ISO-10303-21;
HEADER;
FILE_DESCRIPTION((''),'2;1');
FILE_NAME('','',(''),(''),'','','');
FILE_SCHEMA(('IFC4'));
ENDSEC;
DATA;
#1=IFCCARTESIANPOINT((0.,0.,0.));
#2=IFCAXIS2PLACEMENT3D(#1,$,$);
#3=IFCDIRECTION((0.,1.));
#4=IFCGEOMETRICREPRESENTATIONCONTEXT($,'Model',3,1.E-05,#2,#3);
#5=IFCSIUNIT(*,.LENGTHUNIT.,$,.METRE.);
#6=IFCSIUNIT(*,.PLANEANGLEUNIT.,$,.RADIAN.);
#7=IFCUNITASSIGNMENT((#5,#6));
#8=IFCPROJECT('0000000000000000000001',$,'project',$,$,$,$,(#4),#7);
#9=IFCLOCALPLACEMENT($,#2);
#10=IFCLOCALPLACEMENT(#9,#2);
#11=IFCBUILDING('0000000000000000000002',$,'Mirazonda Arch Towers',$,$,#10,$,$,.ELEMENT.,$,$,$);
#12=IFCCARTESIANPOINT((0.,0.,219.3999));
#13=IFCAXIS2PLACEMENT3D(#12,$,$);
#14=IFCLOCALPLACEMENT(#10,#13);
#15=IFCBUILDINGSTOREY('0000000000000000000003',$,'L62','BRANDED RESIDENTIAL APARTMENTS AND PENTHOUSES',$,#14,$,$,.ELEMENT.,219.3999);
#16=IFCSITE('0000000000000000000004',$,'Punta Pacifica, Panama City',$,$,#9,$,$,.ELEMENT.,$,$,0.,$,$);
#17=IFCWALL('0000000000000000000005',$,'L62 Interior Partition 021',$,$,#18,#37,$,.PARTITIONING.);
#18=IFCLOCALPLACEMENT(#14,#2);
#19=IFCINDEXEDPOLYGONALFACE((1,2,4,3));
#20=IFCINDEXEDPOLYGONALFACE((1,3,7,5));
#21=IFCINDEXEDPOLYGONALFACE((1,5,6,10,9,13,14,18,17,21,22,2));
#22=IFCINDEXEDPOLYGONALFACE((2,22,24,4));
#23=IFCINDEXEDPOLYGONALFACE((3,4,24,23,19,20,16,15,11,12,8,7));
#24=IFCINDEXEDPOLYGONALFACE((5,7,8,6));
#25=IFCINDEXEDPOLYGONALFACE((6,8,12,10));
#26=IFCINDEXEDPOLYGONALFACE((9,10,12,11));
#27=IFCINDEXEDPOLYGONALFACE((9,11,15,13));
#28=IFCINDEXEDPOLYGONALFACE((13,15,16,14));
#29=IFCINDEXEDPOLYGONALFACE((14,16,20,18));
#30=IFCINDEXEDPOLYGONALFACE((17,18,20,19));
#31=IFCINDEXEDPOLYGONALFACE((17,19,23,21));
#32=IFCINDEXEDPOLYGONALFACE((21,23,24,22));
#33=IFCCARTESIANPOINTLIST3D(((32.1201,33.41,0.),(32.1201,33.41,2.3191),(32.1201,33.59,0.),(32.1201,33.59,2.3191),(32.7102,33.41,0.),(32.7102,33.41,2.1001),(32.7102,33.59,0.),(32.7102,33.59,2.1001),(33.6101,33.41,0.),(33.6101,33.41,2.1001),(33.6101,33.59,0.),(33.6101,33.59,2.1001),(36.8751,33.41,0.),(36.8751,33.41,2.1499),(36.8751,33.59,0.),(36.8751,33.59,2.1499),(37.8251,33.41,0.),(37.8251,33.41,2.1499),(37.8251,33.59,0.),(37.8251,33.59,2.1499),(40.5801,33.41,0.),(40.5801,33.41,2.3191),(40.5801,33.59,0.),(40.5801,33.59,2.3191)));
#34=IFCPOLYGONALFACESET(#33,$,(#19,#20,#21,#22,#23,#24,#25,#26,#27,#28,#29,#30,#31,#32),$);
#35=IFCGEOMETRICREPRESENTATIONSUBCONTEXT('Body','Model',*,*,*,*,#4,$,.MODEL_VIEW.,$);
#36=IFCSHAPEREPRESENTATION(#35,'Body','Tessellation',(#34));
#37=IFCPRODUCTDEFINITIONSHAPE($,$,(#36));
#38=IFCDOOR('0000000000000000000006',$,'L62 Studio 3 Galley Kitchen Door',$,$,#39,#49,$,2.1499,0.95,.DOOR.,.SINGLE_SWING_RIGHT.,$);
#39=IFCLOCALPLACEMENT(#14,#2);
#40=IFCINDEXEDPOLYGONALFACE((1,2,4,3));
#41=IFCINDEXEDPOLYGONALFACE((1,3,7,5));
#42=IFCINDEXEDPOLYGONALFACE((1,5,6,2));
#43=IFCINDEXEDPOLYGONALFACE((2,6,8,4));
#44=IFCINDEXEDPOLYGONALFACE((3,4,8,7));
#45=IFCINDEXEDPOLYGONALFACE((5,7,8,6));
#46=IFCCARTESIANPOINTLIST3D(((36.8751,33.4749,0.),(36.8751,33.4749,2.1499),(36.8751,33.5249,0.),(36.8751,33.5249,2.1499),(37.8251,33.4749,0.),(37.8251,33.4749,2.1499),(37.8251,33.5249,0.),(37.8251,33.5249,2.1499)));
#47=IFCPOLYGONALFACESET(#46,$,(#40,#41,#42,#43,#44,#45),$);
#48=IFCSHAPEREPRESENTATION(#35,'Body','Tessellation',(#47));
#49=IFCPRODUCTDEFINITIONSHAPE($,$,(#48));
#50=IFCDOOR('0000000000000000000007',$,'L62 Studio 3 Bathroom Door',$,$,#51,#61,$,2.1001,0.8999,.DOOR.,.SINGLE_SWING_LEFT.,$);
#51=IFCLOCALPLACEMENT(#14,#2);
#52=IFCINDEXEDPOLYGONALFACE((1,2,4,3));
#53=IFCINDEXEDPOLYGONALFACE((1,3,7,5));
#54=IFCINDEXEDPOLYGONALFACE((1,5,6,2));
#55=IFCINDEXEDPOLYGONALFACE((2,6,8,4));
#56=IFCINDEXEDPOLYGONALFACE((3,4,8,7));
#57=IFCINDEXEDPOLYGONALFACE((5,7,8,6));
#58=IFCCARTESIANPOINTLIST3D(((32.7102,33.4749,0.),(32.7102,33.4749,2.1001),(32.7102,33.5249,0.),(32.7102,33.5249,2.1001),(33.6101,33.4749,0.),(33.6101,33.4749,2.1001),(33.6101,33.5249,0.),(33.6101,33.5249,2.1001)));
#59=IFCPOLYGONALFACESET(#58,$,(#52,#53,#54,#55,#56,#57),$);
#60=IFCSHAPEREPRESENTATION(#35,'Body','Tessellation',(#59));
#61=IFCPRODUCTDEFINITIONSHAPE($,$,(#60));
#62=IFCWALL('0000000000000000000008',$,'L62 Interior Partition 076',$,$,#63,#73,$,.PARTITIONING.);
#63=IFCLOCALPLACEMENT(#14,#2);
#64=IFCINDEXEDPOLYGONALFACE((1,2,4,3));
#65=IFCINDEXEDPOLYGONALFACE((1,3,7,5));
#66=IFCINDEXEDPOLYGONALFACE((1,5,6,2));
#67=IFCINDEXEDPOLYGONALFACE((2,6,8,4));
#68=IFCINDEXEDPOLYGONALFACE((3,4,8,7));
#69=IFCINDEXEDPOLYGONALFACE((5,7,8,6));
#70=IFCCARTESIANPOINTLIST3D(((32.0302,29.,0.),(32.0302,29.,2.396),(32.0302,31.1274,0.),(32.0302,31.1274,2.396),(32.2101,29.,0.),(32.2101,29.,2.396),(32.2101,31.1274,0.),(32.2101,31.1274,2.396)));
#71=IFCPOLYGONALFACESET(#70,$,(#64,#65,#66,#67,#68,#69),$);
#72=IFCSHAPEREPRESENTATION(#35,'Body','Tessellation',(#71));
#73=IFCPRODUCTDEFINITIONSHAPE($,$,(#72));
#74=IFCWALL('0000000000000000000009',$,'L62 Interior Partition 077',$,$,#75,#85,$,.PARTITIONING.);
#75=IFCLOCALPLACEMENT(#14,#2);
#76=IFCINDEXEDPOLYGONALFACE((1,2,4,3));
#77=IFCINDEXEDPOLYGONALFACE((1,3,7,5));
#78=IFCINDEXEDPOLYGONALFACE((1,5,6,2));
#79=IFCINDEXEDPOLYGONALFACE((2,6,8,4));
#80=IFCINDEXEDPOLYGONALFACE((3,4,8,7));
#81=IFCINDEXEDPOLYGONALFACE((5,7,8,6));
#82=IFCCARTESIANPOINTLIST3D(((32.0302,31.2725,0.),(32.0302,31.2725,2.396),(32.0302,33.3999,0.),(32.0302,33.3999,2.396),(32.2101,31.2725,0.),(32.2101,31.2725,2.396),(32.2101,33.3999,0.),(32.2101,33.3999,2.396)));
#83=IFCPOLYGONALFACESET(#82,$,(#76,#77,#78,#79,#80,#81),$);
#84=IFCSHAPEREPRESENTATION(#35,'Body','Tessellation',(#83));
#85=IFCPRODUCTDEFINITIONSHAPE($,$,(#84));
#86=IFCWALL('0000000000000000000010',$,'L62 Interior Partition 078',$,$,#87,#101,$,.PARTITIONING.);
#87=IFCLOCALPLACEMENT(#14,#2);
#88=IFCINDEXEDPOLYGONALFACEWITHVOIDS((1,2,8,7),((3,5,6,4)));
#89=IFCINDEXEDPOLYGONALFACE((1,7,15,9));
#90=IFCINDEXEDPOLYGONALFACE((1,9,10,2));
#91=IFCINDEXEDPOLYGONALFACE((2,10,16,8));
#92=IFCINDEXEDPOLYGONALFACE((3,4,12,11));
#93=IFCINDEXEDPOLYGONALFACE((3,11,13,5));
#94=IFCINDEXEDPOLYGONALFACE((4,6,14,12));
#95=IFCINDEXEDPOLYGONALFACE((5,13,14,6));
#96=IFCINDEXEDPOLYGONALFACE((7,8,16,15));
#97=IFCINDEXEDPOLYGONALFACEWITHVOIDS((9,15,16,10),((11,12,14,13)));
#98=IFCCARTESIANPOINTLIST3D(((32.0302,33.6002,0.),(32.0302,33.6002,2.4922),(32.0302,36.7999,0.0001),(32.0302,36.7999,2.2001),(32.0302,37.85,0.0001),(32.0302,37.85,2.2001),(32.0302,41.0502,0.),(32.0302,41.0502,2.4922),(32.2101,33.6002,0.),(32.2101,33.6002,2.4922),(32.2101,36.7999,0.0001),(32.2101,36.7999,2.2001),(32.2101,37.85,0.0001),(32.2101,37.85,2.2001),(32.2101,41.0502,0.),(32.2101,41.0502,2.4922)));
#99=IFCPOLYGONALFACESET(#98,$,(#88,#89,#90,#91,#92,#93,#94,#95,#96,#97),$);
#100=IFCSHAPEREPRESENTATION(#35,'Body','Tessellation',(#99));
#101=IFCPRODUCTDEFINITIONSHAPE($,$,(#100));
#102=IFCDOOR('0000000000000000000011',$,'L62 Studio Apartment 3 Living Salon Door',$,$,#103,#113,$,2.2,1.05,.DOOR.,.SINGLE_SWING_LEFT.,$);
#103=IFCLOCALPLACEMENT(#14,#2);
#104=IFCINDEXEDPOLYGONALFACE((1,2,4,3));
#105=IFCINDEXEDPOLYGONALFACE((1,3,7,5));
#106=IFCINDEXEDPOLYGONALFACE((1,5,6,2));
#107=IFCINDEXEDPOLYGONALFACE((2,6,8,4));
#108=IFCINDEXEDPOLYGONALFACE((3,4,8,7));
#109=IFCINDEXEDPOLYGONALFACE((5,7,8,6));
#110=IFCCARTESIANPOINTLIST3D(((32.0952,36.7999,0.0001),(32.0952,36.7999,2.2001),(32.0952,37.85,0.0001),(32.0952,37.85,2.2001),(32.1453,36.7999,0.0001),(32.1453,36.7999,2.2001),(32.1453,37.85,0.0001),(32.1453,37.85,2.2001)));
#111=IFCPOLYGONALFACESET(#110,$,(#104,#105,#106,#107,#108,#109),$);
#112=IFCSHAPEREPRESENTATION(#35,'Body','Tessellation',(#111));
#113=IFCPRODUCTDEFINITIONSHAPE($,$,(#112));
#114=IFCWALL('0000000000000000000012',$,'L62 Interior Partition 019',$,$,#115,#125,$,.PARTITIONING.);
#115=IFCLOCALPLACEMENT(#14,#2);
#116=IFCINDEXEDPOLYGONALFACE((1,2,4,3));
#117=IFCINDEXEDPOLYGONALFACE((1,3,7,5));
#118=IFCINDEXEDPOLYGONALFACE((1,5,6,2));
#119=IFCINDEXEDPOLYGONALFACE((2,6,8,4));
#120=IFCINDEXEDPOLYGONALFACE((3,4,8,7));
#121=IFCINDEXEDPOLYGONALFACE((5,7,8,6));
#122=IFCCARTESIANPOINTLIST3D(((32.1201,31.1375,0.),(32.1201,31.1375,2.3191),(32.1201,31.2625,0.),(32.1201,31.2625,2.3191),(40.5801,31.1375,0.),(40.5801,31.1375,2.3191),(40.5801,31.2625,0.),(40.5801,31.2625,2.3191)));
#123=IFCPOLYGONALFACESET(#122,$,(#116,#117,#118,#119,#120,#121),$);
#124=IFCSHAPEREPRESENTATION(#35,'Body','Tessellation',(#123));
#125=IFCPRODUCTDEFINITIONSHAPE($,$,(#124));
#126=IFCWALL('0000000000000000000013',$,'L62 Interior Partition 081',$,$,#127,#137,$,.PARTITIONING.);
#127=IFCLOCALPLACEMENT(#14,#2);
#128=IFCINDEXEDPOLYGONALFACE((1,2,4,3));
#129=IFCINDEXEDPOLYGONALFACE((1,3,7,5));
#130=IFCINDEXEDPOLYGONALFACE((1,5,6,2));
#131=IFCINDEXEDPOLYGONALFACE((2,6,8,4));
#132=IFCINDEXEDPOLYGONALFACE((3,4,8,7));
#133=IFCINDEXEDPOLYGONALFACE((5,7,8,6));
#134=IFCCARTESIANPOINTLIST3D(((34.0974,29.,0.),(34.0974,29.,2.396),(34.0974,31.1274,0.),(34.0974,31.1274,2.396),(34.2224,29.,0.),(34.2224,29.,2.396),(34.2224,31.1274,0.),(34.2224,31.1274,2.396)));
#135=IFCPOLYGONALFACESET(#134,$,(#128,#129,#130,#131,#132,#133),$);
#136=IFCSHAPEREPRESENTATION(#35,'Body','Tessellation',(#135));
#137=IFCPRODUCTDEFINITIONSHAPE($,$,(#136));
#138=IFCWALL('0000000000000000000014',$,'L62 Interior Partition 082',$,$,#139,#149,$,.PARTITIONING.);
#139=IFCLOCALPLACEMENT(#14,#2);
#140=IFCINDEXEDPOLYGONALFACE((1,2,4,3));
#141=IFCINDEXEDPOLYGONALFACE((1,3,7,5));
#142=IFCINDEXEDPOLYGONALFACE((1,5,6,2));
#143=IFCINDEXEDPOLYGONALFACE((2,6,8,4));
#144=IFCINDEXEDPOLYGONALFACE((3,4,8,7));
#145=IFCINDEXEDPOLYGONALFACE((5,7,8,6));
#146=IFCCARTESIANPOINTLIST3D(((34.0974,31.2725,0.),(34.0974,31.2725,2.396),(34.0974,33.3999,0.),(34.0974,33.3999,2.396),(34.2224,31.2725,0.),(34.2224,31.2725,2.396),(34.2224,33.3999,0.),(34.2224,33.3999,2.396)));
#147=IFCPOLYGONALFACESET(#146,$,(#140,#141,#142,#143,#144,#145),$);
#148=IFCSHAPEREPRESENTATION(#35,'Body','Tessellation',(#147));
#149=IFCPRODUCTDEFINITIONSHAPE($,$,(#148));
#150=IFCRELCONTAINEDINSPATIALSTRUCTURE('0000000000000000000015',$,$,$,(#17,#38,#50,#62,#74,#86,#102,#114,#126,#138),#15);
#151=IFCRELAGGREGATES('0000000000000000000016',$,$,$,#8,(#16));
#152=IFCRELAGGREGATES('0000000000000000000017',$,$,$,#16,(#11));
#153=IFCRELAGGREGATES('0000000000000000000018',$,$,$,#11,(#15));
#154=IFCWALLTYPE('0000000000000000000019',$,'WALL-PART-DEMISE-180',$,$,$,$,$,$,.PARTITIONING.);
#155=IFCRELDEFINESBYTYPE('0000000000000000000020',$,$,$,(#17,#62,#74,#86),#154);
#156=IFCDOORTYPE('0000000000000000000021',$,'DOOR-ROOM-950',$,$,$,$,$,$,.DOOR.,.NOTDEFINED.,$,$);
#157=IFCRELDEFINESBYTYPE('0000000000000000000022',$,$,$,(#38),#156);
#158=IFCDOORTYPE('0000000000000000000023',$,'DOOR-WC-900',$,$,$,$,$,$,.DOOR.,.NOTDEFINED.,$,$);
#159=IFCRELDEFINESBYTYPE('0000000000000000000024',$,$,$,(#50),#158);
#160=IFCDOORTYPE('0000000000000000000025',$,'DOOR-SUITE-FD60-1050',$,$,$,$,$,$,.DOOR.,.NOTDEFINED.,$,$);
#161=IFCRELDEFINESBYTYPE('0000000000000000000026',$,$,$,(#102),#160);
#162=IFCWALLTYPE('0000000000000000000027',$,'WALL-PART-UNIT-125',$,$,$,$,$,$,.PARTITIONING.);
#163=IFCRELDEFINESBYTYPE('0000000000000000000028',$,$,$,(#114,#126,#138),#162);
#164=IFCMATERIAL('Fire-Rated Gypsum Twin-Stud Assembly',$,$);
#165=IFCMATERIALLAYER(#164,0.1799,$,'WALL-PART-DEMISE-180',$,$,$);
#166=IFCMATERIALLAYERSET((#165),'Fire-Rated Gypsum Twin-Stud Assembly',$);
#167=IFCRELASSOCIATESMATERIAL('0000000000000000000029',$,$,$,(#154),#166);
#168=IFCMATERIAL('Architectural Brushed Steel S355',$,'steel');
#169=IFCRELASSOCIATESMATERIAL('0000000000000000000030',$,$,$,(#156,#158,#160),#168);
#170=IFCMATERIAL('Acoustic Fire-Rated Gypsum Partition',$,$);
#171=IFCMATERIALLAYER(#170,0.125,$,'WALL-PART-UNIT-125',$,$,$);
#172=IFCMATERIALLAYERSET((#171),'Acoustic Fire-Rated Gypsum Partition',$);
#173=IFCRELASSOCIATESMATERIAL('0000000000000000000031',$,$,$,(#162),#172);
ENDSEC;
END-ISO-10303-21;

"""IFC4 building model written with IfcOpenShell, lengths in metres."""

from ifc_helpers import new_model, si_unit, direction, frame, frame_2d, origin, place, context, subcontext, project, spatial, rectangle, extrude, material, layer, layer_set, type_object, element, fill, save


model = new_model("IFC4")

# Units and contexts
model_context = context("Model", 3, precision=1e-05, world=origin(), true_north=direction((0.0, 1.0)))
body_context = subcontext(model_context, "Body", "Model", "MODEL_VIEW")
ifc_project = project(units=[si_unit("LENGTHUNIT", "METRE"), si_unit("PLANEANGLEUNIT", "RADIAN")], contexts=[model_context])

# Site, building, storey
site_placement = place(None, origin())
site = spatial("IfcSite", under=ifc_project, at=site_placement, Name="Punta Pacifica, Panama City", CompositionType="ELEMENT", RefElevation=0.0)
building_placement = place(site_placement, origin())
building = spatial("IfcBuilding", under=site, at=building_placement, Name="Mirazonda Arch Towers", CompositionType="ELEMENT")
storey_placement = place(building_placement, frame((0.0, 0.0, 219.3999)))
storey = spatial("IfcBuildingStorey", under=building, at=storey_placement, Name="L62", Description="BRANDED RESIDENTIAL APARTMENTS AND PENTHOUSES", CompositionType="ELEMENT", Elevation=219.3999)

# Wall, openings, doors
ifc_material_1 = material(Name="Fire-Rated Gypsum Twin-Stud Assembly")
ifc_layer_1 = layer(ifc_material_1, 0.1799, Name="WALL-PART-DEMISE-180")
ifc_layer_set_1 = layer_set([ifc_layer_1], Name="Fire-Rated Gypsum Twin-Stud Assembly")
wall_type_1 = type_object("IfcWallType", Name="WALL-PART-DEMISE-180", PredefinedType="PARTITIONING", material=ifc_layer_set_1)
ifc_material_2 = material(Name="Architectural Brushed Steel S355", Category="steel")
door_type_1 = type_object("IfcDoorType", Name="DOOR-ROOM-950", OperationType="NOTDEFINED", PredefinedType="DOOR", material=ifc_material_2)
door_type_2 = type_object("IfcDoorType", Name="DOOR-WC-900", OperationType="NOTDEFINED", PredefinedType="DOOR", material=ifc_material_2)
wall_1_placement = place(storey_placement, frame((32.1201, 33.5, 0.0), z_axis=(0.0, 0.0, 1.0), x_axis=(1.0, 0.0, 0.0)))
wall_1 = element("IfcWall", 1, at=wall_1_placement, inside=storey, type_object=wall_type_1, Name="L62 Interior Partition 021", PredefinedType="PARTITIONING", context=body_context, shape_type="SweptSolid", body=[
    extrude(rectangle(XDim=8.46, YDim=0.1799, at=frame_2d((4.23, 0.0))), origin(), (0.0, 0.0, 1.0), 2.3191),
])
opening_1_placement = place(wall_1_placement, frame((4.7549, 0.0, 0.0)))
opening_1 = element("IfcOpeningElement", 2, at=opening_1_placement, cuts=wall_1, PredefinedType="OPENING", context=body_context, shape_type="SweptSolid", body=[
    extrude(rectangle(XDim=0.95, YDim=2.1499, at=frame_2d((0.4751, 1.075))), frame((0.0, 0.0999, 0.0), z_axis=(0.0, -1.0, 0.0), x_axis=(1.0, 0.0, 0.0)), (0.0, 0.0, 1.0), 0.2),
])
opening_2_placement = place(wall_1_placement, frame((0.5901, 0.0, 0.0)))
opening_2 = element("IfcOpeningElement", 3, at=opening_2_placement, cuts=wall_1, PredefinedType="OPENING", context=body_context, shape_type="SweptSolid", body=[
    extrude(rectangle(XDim=0.8999, YDim=2.1001, at=frame_2d((0.45, 1.05))), frame((0.0, 0.0999, 0.0), z_axis=(0.0, -1.0, 0.0), x_axis=(1.0, 0.0, 0.0)), (0.0, 0.0, 1.0), 0.2),
])
door_1_placement = place(opening_1_placement, origin())
door_1 = element("IfcDoor", 4, at=door_1_placement, inside=storey, type_object=door_type_1, Name="L62 Studio 3 Galley Kitchen Door", OperationType="SINGLE_SWING_RIGHT", OverallHeight=2.1499, OverallWidth=0.95, PredefinedType="DOOR", context=body_context, shape_type="SweptSolid", body=[
    extrude(rectangle(XDim=0.95, YDim=2.1499, at=frame_2d((0.4751, 1.075))), frame((0.0, 0.0249, 0.0), z_axis=(0.0, -1.0, 0.0), x_axis=(1.0, 0.0, 0.0)), (0.0, 0.0, 1.0), 0.05),
])
fill(opening_1, door_1)
door_2_placement = place(opening_2_placement, origin())
door_2 = element("IfcDoor", 5, at=door_2_placement, inside=storey, type_object=door_type_2, Name="L62 Studio 3 Bathroom Door", OperationType="SINGLE_SWING_LEFT", OverallHeight=2.1001, OverallWidth=0.8999, PredefinedType="DOOR", context=body_context, shape_type="SweptSolid", body=[
    extrude(rectangle(XDim=0.8999, YDim=2.1001, at=frame_2d((0.45, 1.05))), frame((0.0, 0.0249, 0.0), z_axis=(0.0, -1.0, 0.0), x_axis=(1.0, 0.0, 0.0)), (0.0, 0.0, 1.0), 0.05),
])
fill(opening_2, door_2)

# Walls
for number, where, z_axis, x_axis, name in (
    (6, (32.1201, 29.0, 0.0), (0.0, 0.0, 1.0), (0.0, 1.0, 0.0), "L62 Interior Partition 076"),
    (7, (32.1201, 31.2725, 0.0), (0.0, 0.0, 1.0), (0.0, 1.0, 0.0), "L62 Interior Partition 077"),
):
    element("IfcWall", number, at=place(storey_placement, frame(where, z_axis=z_axis, x_axis=x_axis)), inside=storey, type_object=wall_type_1, Name=name, PredefinedType="PARTITIONING", context=body_context, shape_type="SweptSolid", body=[
        extrude(rectangle(XDim=2.1274, YDim=0.1799, at=frame_2d((1.0637, 0.0))), origin(), (0.0, 0.0, 1.0), 2.396),
    ])

# Wall, opening, door
wall_2_placement = place(storey_placement, frame((32.1201, 33.6001, 0.0), z_axis=(0.0, 0.0, 1.0), x_axis=(0.0, 1.0, 0.0)))
wall_2 = element("IfcWall", 8, at=wall_2_placement, inside=storey, type_object=wall_type_1, Name="L62 Interior Partition 078", PredefinedType="PARTITIONING", context=body_context, shape_type="SweptSolid", body=[
    extrude(rectangle(XDim=7.45, YDim=0.1799, at=frame_2d((3.7251, 0.0))), origin(), (0.0, 0.0, 1.0), 2.4922),
])
opening_3_placement = place(wall_2_placement, frame((3.2, 0.0, 0.0)))
opening_3 = element("IfcOpeningElement", 9, at=opening_3_placement, cuts=wall_2, PredefinedType="OPENING", context=body_context, shape_type="SweptSolid", body=[
    extrude(rectangle(XDim=1.05, YDim=2.2, at=frame_2d((0.5249, 1.1001))), frame((0.0, 0.0999, 0.0), z_axis=(0.0, -1.0, 0.0), x_axis=(1.0, 0.0, 0.0)), (0.0, 0.0, 1.0), 0.2),
])
door_type_3 = type_object("IfcDoorType", Name="DOOR-SUITE-FD60-1050", OperationType="NOTDEFINED", PredefinedType="DOOR", material=ifc_material_2)
door_3_placement = place(opening_3_placement, origin())
door_3 = element("IfcDoor", 10, at=door_3_placement, inside=storey, type_object=door_type_3, Name="L62 Studio Apartment 3 Living Salon Door", OperationType="SINGLE_SWING_LEFT", OverallHeight=2.2, OverallWidth=1.05, PredefinedType="DOOR", context=body_context, shape_type="SweptSolid", body=[
    extrude(rectangle(XDim=1.05, YDim=2.2, at=frame_2d((0.5249, 1.1001))), frame((0.0, 0.0249, 0.0), z_axis=(0.0, -1.0, 0.0), x_axis=(1.0, 0.0, 0.0)), (0.0, 0.0, 1.0), 0.05),
])
fill(opening_3, door_3)

# Walls
ifc_material_3 = material(Name="Acoustic Fire-Rated Gypsum Partition")
ifc_layer_2 = layer(ifc_material_3, 0.125, Name="WALL-PART-UNIT-125")
ifc_layer_set_2 = layer_set([ifc_layer_2], Name="Acoustic Fire-Rated Gypsum Partition")
wall_type_2 = type_object("IfcWallType", Name="WALL-PART-UNIT-125", PredefinedType="PARTITIONING", material=ifc_layer_set_2)
wall_3_placement = place(storey_placement, frame((32.1201, 31.2, 0.0), z_axis=(0.0, 0.0, 1.0), x_axis=(1.0, 0.0, 0.0)))
element("IfcWall", 11, at=wall_3_placement, inside=storey, type_object=wall_type_2, Name="L62 Interior Partition 019", PredefinedType="PARTITIONING", context=body_context, shape_type="SweptSolid", body=[
    extrude(rectangle(XDim=8.46, YDim=0.125, at=frame_2d((4.23, 0.0))), origin(), (0.0, 0.0, 1.0), 2.3191),
])
for number, where, z_axis, x_axis, name in (
    (12, (34.1599, 29.0, 0.0), (0.0, 0.0, 1.0), (0.0, 1.0, 0.0), "L62 Interior Partition 081"),
    (13, (34.1599, 31.2725, 0.0), (0.0, 0.0, 1.0), (0.0, 1.0, 0.0), "L62 Interior Partition 082"),
):
    element("IfcWall", number, at=place(storey_placement, frame(where, z_axis=z_axis, x_axis=x_axis)), inside=storey, type_object=wall_type_2, Name=name, PredefinedType="PARTITIONING", context=body_context, shape_type="SweptSolid", body=[
        extrude(rectangle(XDim=2.1274, YDim=0.125, at=frame_2d((1.0637, 0.0))), origin(), (0.0, 0.0, 1.0), 2.396),
    ])

save(model, "model.ifc")
